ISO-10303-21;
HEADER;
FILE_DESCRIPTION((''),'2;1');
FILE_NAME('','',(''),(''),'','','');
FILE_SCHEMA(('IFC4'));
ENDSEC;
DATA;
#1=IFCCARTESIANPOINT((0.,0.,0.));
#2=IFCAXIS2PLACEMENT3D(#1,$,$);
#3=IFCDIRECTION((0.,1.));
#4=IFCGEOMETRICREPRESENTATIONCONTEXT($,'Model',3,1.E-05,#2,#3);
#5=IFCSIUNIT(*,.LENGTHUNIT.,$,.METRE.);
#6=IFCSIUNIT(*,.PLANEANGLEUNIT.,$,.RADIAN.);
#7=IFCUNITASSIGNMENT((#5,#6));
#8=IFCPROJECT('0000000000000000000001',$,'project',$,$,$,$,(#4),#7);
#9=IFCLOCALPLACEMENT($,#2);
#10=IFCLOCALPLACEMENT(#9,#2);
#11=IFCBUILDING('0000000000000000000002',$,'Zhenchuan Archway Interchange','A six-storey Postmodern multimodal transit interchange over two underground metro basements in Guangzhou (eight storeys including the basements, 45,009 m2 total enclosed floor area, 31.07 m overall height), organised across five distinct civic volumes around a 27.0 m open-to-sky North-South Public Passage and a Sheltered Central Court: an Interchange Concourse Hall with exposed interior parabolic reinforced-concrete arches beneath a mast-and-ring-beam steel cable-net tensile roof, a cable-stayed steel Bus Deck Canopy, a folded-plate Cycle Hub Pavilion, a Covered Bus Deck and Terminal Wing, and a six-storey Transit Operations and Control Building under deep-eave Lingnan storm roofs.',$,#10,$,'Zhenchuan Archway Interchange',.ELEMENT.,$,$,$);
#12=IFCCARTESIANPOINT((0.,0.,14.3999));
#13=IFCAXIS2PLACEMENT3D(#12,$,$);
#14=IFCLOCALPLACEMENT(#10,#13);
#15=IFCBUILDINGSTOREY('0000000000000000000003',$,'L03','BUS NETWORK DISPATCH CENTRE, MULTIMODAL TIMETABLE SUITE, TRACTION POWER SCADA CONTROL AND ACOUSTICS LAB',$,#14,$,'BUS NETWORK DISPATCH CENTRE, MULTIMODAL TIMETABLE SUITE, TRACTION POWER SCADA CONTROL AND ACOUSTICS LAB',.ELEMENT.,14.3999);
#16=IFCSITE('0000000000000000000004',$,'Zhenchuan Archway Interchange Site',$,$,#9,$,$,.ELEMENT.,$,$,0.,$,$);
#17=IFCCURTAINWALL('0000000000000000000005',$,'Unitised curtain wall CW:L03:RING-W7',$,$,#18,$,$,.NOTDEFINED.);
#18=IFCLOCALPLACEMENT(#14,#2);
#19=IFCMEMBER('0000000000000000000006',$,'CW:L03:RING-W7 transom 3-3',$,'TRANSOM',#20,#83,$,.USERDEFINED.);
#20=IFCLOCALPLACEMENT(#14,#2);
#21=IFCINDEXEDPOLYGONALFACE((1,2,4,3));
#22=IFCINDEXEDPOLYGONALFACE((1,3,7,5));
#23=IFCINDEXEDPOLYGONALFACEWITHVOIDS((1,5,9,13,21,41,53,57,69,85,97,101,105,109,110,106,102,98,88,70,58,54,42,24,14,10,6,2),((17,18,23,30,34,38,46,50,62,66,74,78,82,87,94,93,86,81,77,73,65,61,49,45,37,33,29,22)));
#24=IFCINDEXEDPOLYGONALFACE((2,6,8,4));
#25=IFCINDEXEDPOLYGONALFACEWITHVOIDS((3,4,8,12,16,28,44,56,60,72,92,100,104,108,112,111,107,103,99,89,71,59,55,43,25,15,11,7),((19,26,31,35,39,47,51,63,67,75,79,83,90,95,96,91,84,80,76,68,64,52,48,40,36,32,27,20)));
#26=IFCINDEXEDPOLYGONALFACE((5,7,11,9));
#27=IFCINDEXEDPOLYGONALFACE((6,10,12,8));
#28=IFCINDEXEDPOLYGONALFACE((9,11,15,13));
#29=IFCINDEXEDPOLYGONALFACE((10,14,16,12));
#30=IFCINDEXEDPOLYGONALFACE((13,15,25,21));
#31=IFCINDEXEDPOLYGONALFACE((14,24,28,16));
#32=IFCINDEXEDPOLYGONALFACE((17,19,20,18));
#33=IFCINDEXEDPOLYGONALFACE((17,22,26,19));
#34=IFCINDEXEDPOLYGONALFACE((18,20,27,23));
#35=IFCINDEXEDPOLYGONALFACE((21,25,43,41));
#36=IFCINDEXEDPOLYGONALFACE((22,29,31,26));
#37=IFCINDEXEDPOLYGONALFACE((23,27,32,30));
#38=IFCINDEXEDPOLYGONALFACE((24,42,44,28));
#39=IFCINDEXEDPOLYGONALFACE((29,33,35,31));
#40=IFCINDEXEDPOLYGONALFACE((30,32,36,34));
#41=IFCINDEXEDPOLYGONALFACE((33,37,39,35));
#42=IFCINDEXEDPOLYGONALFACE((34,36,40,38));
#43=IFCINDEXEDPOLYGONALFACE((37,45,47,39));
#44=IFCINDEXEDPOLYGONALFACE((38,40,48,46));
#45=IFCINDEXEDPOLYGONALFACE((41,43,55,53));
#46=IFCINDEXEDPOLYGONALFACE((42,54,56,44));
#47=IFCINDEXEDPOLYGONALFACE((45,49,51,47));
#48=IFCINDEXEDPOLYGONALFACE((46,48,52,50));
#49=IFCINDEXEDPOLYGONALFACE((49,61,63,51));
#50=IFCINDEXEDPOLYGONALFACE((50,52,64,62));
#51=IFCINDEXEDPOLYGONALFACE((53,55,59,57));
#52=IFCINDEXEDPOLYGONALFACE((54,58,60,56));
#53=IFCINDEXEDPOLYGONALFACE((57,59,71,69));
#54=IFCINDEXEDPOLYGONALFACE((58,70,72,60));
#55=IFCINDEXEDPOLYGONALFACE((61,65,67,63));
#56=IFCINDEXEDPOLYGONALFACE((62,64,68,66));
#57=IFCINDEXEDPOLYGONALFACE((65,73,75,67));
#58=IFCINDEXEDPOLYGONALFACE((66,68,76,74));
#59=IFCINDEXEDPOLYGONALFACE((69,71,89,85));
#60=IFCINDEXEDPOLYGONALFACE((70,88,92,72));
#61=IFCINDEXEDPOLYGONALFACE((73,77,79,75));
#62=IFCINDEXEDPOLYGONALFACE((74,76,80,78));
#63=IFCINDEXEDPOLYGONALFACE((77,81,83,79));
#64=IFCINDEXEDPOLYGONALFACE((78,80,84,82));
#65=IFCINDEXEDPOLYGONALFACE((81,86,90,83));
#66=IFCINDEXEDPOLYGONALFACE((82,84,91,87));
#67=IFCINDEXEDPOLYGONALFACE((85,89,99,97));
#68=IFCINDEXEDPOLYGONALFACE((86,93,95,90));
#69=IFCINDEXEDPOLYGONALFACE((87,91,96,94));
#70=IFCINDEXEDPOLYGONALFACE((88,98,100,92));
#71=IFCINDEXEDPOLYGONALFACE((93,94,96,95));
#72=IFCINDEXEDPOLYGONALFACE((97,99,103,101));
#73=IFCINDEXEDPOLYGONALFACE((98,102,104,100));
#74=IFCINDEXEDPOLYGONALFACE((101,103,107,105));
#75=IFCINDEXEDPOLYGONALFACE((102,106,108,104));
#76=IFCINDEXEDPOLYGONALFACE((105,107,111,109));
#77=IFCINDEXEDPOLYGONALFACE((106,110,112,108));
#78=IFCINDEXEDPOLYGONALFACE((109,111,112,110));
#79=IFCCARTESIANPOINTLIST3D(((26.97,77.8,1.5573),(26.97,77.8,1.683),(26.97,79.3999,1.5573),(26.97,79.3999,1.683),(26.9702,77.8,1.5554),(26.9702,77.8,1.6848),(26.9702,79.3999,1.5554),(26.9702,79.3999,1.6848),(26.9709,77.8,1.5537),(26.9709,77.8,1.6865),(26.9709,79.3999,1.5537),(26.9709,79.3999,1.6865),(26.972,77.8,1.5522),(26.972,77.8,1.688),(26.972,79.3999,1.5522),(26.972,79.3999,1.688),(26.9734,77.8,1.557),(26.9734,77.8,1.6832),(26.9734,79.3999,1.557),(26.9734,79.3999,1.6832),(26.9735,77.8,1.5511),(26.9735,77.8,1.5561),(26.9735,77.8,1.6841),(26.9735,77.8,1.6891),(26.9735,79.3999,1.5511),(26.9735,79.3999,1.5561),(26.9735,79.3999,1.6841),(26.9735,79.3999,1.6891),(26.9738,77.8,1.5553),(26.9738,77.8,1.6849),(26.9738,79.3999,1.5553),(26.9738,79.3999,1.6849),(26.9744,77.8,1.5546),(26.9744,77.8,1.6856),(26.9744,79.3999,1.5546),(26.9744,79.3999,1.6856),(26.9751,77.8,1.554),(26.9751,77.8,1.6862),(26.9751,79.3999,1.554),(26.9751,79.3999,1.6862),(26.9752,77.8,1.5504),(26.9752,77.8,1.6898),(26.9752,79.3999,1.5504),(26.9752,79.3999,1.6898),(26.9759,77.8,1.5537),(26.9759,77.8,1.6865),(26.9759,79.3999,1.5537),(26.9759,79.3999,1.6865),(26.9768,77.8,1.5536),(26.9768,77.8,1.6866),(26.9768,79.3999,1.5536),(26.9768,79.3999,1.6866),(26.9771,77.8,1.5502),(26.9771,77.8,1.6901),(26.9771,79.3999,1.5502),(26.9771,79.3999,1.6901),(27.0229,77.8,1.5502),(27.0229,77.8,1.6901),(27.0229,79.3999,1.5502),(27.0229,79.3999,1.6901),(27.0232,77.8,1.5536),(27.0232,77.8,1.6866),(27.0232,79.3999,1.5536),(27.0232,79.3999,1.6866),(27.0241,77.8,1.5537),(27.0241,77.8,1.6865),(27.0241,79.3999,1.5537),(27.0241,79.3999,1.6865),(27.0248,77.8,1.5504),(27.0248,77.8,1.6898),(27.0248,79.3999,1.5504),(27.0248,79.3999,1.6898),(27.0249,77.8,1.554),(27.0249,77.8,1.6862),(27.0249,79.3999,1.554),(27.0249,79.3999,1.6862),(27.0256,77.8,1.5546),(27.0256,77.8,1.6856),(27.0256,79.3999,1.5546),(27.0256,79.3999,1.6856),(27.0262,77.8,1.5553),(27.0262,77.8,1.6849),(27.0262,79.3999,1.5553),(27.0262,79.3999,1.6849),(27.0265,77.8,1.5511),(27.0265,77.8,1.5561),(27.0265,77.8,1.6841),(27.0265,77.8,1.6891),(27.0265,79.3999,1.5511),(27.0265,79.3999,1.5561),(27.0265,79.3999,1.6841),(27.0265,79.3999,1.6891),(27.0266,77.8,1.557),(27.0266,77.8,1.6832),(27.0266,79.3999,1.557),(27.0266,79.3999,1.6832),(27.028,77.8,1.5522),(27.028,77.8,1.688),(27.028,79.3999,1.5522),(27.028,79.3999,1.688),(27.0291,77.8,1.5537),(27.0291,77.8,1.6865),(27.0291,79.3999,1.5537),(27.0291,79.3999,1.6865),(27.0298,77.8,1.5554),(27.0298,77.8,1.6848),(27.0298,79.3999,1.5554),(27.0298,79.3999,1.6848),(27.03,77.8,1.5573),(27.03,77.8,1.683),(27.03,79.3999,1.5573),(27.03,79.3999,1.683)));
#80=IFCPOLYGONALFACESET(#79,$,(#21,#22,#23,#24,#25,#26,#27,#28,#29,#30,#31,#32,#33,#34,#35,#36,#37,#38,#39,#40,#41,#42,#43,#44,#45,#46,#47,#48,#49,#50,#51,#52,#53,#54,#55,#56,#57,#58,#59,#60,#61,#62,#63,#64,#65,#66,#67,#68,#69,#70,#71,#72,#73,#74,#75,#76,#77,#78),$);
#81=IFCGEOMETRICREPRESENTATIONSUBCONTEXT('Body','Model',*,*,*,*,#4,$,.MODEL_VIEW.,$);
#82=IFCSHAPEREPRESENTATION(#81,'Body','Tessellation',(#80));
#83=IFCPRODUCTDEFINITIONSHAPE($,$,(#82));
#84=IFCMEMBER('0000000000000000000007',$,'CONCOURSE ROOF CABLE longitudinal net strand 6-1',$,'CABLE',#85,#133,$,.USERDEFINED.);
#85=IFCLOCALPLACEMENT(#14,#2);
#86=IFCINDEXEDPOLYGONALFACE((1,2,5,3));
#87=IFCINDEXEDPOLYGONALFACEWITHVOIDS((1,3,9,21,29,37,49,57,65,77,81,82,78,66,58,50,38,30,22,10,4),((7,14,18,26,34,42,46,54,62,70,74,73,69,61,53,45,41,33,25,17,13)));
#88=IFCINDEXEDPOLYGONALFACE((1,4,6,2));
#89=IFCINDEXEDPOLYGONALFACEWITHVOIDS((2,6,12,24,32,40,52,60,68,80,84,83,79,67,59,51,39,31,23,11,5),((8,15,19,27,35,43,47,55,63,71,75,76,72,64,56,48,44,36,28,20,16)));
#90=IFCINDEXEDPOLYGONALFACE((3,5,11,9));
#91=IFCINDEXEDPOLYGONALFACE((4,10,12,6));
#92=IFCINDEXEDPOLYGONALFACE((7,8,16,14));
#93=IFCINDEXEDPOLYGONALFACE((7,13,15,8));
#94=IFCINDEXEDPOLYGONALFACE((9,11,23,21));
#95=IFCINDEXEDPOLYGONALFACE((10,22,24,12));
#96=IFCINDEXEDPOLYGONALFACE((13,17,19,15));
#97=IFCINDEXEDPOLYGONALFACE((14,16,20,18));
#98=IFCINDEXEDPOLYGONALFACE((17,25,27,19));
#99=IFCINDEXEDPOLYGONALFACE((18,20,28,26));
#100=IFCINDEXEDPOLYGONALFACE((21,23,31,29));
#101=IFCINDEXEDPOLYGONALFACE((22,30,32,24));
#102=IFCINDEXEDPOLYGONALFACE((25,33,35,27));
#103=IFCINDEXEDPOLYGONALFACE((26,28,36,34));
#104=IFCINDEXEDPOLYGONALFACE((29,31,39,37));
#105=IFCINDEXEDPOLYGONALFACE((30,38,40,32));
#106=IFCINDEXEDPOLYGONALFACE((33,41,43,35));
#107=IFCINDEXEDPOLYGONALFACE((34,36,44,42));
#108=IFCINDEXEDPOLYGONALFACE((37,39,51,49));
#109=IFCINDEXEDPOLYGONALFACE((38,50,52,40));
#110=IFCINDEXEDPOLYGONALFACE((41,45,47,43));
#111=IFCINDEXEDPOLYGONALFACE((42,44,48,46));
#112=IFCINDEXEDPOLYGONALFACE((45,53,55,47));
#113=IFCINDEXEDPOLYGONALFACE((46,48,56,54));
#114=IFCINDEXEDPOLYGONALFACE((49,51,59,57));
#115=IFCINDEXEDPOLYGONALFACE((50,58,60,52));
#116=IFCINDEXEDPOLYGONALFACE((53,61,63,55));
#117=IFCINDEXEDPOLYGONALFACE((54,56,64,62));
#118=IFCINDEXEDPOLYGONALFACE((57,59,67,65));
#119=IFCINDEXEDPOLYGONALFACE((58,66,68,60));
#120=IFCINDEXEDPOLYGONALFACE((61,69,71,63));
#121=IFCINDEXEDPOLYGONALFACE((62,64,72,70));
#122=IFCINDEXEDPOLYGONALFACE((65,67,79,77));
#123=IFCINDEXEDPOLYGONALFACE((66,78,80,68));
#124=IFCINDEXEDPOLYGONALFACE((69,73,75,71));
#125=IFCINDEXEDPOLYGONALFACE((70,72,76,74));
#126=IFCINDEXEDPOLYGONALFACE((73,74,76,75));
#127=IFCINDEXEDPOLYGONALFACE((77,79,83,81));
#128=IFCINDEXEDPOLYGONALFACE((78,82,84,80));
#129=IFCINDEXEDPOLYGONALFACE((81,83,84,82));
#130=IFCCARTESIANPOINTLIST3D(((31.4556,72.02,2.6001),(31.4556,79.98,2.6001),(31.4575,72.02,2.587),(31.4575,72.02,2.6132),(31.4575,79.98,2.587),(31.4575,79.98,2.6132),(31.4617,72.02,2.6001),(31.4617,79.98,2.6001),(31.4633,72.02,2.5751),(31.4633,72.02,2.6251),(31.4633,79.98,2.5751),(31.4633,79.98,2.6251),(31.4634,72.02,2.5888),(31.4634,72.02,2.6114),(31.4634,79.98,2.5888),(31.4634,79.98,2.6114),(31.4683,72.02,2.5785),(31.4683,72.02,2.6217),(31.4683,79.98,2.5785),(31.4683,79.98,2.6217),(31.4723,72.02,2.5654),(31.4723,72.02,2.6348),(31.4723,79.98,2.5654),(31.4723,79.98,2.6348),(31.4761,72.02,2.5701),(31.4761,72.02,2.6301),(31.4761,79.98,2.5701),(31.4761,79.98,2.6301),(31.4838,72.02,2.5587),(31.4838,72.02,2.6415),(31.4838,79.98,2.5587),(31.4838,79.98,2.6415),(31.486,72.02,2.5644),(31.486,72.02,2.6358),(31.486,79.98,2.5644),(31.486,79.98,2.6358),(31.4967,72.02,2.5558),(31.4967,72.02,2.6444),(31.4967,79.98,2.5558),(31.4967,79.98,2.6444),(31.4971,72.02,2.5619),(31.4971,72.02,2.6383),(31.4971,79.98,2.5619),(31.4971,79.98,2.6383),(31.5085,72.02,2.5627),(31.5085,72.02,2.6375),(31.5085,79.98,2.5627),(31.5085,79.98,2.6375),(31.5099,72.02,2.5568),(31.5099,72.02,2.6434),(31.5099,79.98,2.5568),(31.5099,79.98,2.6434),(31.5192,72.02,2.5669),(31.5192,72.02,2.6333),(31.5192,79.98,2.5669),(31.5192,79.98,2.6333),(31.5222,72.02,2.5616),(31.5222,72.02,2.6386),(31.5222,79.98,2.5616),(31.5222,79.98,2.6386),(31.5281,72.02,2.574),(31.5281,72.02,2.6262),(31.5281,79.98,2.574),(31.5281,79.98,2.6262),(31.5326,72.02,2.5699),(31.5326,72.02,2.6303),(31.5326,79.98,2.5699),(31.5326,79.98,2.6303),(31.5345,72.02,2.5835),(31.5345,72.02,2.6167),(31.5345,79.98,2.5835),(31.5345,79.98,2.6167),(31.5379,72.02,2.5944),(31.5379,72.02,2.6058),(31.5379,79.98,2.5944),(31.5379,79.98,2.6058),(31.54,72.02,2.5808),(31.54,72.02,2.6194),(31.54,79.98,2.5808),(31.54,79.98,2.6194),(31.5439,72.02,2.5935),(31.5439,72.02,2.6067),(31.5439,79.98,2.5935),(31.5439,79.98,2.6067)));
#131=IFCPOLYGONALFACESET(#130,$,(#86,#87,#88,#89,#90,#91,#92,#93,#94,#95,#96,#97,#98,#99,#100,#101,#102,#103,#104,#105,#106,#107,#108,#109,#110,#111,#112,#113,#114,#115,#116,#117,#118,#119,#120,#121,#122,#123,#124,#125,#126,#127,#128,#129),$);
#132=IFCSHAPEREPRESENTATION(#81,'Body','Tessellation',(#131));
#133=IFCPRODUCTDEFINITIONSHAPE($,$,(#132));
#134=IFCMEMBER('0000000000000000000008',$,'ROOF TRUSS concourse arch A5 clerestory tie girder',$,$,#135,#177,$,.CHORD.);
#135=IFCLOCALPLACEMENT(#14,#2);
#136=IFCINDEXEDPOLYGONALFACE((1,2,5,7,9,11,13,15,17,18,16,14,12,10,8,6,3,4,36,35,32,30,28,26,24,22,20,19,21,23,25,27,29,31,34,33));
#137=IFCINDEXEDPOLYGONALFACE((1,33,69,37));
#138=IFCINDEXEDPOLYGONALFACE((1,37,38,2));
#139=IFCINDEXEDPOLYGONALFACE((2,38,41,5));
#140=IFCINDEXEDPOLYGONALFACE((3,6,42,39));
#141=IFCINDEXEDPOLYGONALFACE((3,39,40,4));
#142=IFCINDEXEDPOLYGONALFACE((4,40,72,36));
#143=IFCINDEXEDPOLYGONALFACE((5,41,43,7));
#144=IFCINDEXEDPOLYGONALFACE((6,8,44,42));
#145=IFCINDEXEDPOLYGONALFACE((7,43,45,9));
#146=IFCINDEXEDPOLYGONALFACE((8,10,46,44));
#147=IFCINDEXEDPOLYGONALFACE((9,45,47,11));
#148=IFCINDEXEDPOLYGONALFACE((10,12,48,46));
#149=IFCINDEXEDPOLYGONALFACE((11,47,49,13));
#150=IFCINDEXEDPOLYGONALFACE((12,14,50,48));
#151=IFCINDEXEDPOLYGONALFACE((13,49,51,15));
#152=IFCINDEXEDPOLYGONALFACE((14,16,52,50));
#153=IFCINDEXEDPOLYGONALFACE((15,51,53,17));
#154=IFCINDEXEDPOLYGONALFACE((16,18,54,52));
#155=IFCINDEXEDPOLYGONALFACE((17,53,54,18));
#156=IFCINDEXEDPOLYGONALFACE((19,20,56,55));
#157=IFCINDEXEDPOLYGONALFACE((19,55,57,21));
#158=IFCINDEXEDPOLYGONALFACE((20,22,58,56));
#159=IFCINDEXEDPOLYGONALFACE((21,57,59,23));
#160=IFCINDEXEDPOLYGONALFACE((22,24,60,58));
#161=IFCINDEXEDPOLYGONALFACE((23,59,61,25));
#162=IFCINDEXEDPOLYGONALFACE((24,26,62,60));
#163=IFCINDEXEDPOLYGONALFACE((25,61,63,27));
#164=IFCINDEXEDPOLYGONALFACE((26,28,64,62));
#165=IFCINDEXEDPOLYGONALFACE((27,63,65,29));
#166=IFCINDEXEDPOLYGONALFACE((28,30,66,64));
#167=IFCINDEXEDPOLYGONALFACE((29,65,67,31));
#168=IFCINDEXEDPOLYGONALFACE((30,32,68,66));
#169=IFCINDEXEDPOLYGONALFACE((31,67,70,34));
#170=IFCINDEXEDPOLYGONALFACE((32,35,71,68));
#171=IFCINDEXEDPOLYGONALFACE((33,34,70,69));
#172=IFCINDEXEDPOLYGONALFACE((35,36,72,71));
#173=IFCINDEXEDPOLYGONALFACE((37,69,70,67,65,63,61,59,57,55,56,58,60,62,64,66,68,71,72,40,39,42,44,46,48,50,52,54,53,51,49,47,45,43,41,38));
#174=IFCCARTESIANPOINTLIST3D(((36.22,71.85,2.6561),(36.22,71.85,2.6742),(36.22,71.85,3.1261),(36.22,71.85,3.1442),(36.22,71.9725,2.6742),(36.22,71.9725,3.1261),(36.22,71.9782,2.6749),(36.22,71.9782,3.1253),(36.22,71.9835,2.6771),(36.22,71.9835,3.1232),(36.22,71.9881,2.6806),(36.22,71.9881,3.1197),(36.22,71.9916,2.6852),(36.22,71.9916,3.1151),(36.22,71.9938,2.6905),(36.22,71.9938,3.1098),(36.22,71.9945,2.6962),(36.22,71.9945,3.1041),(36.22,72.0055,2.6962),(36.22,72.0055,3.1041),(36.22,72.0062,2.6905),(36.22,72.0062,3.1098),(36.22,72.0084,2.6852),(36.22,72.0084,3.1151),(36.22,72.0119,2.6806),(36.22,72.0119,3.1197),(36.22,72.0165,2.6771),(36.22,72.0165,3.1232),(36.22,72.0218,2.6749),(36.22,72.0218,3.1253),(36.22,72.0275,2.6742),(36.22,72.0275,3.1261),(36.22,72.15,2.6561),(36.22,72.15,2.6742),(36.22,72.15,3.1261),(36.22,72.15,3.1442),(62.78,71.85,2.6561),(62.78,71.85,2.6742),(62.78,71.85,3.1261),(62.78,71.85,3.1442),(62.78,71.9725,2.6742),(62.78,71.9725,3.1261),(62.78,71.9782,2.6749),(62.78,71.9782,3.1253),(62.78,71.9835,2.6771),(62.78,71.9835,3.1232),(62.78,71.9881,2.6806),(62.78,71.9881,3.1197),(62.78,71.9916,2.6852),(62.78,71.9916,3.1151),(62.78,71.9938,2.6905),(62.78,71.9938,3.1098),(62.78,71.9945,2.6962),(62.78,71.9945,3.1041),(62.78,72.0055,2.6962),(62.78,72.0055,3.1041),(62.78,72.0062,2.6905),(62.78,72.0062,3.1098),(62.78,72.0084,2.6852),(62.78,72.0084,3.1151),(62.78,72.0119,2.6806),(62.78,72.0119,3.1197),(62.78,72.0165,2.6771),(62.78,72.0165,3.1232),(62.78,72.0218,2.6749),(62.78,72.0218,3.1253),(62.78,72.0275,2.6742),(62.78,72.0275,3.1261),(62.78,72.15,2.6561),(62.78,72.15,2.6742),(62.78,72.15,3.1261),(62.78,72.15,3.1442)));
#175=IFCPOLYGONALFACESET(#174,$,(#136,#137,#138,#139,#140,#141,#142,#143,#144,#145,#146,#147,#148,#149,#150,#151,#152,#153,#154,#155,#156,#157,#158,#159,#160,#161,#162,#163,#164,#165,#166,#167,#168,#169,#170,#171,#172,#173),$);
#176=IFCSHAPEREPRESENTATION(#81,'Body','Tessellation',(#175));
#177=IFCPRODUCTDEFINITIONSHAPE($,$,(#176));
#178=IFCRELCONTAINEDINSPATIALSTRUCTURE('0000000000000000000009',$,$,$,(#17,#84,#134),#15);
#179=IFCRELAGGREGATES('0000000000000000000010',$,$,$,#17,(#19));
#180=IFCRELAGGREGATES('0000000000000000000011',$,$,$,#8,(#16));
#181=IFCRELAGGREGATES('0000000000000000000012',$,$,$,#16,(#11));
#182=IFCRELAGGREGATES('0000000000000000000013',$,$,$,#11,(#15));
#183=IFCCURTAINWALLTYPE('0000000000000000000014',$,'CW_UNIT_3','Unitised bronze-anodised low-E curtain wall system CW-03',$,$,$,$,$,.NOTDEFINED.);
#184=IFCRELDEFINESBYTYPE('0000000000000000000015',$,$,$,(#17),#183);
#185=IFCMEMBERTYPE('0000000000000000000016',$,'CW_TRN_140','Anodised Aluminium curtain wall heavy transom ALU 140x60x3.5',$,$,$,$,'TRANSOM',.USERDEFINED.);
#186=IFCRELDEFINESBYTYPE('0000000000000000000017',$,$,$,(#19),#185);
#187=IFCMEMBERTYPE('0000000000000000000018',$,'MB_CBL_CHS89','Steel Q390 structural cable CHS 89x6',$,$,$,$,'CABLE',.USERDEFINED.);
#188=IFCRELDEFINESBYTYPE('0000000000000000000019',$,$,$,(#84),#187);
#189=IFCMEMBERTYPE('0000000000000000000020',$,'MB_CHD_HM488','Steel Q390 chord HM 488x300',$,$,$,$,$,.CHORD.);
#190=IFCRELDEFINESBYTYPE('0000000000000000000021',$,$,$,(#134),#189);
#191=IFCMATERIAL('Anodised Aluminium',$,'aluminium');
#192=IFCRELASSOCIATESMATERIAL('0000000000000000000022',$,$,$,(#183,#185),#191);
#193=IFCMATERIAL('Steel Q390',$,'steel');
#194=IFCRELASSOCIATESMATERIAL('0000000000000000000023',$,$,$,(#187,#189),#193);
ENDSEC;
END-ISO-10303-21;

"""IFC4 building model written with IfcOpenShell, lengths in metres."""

from ifc_helpers import new_model, si_unit, direction, frame, origin, origin_2d, place, context, subcontext, project, spatial, hollow_rectangle, hollow_circle, i_section, extrude, material, material_profile, profile_set, type_object, element, aggregate, save


model = new_model("IFC4")

# Units and contexts
model_context = context("Model", 3, precision=1e-05, world=origin(), true_north=direction((0.0, 1.0)))
body_context = subcontext(model_context, "Body", "Model", "MODEL_VIEW")
ifc_project = project(units=[si_unit("LENGTHUNIT", "METRE"), si_unit("PLANEANGLEUNIT", "RADIAN")], contexts=[model_context])

# Site, building, storey
site_placement = place(None, origin())
site = spatial("IfcSite", under=ifc_project, at=site_placement, Name="Zhenchuan Archway Interchange Site", CompositionType="ELEMENT", RefElevation=0.0)
building_placement = place(site_placement, origin())
building = spatial("IfcBuilding", under=site, at=building_placement, Name="Zhenchuan Archway Interchange", Description="A six-storey Postmodern multimodal transit interchange over two underground metro basements in Guangzhou (eight storeys including the basements, 45,009 m2 total enclosed floor area, 31.07 m overall height), organised across five distinct civic volumes around a 27.0 m open-to-sky North-South Public Passage and a Sheltered Central Court: an Interchange Concourse Hall with exposed interior parabolic reinforced-concrete arches beneath a mast-and-ring-beam steel cable-net tensile roof, a cable-stayed steel Bus Deck Canopy, a folded-plate Cycle Hub Pavilion, a Covered Bus Deck and Terminal Wing, and a six-storey Transit Operations and Control Building under deep-eave Lingnan storm roofs.", LongName="Zhenchuan Archway Interchange", CompositionType="ELEMENT")
storey_placement = place(building_placement, frame((0.0, 0.0, 14.3999)))
storey = spatial("IfcBuildingStorey", under=building, at=storey_placement, Name="L03", Description="BUS NETWORK DISPATCH CENTRE, MULTIMODAL TIMETABLE SUITE, TRACTION POWER SCADA CONTROL AND ACOUSTICS LAB", LongName="BUS NETWORK DISPATCH CENTRE, MULTIMODAL TIMETABLE SUITE, TRACTION POWER SCADA CONTROL AND ACOUSTICS LAB", CompositionType="ELEMENT", Elevation=14.3999)

# Shared definitions
ifc_material_1 = material(Name="Steel Q390", Category="steel")

# Curtain wall, member
ifc_material_2 = material(Name="Anodised Aluminium", Category="aluminium")
curtain_wall_type = type_object("IfcCurtainWallType", Name="CW_UNIT_3", Description="Unitised bronze-anodised low-E curtain wall system CW-03", PredefinedType="NOTDEFINED", material=ifc_material_2)
curtain_wall_placement = place(storey_placement, origin())
curtain_wall = element("IfcCurtainWall", 1, at=curtain_wall_placement, inside=storey, type_object=curtain_wall_type, Name="Unitised curtain wall CW:L03:RING-W7", PredefinedType="NOTDEFINED")
ifc_material_profile_1 = material_profile(ifc_material_2, hollow_rectangle(XDim=0.0601, YDim=0.1399, WallThickness=0.0034, InnerFilletRadius=0.0034, OuterFilletRadius=0.0071, at=origin_2d()), Name="ALU 140x60x3.5")
ifc_profile_set_1 = profile_set([ifc_material_profile_1], Name="Anodised Aluminium")
member_type_1 = type_object("IfcMemberType", Name="CW_TRN_140", Description="Anodised Aluminium curtain wall heavy transom ALU 140x60x3.5", ElementType="TRANSOM", PredefinedType="USERDEFINED", material=ifc_profile_set_1)
member_1_placement = place(storey_placement, frame((27.0, 77.8, 1.6201), z_axis=(0.0, 1.0, 0.0), x_axis=(-1.0, 0.0, 0.0)))
member_1 = element("IfcMember", 2, at=member_1_placement, type_object=member_type_1, Name="CW:L03:RING-W7 transom 3-3", ObjectType="TRANSOM", PredefinedType="USERDEFINED", context=body_context, shape_type="SweptSolid", body=[
    extrude(hollow_rectangle(XDim=0.0601, YDim=0.1399, WallThickness=0.0034, InnerFilletRadius=0.0034, OuterFilletRadius=0.0071, at=origin_2d()), origin(), (0.0, 0.0, 1.0), 1.5999),
])

# Members
ifc_material_profile_2 = material_profile(ifc_material_1, hollow_circle(Radius=0.0444, WallThickness=0.0061, at=origin_2d()), Name="CHS 89x6")
ifc_profile_set_2 = profile_set([ifc_material_profile_2], Name="Steel Q390")
member_type_2 = type_object("IfcMemberType", Name="MB_CBL_CHS89", Description="Steel Q390 structural cable CHS 89x6", ElementType="CABLE", PredefinedType="USERDEFINED", material=ifc_profile_set_2)
member_2_placement = place(storey_placement, frame((31.5, 72.02, 2.6001), z_axis=(0.0, 1.0, 0.0), x_axis=(-1.0, 0.0, 0.0)))
element("IfcMember", 3, at=member_2_placement, inside=storey, type_object=member_type_2, Name="CONCOURSE ROOF CABLE longitudinal net strand 6-1", ObjectType="CABLE", PredefinedType="USERDEFINED", context=body_context, shape_type="SweptSolid", body=[
    extrude(hollow_circle(Radius=0.0444, WallThickness=0.0061, at=origin_2d()), origin(), (0.0, 0.0, 1.0), 7.96),
])
ifc_material_profile_3 = material_profile(ifc_material_1, i_section(OverallWidth=0.3, OverallDepth=0.488, WebThickness=0.011, FlangeThickness=0.0181, FilletRadius=0.022, at=origin_2d()), Name="HM 488x300")
ifc_profile_set_3 = profile_set([ifc_material_profile_3], Name="Steel Q390")
member_type_3 = type_object("IfcMemberType", Name="MB_CHD_HM488", Description="Steel Q390 chord HM 488x300", PredefinedType="CHORD", material=ifc_profile_set_3)
member_3_placement = place(storey_placement, frame((36.22, 72.0, 2.9001), z_axis=(1.0, 0.0, 0.0), x_axis=(0.0, 1.0, 0.0)))
element("IfcMember", 4, at=member_3_placement, inside=storey, type_object=member_type_3, Name="ROOF TRUSS concourse arch A5 clerestory tie girder", PredefinedType="CHORD", context=body_context, shape_type="SweptSolid", body=[
    extrude(i_section(OverallWidth=0.3, OverallDepth=0.488, WebThickness=0.011, FlangeThickness=0.0181, FilletRadius=0.022, at=origin_2d()), origin(), (0.0, 0.0, 1.0), 26.5601),
])

aggregate(curtain_wall, [member_1])

save(model, "model.ifc")
